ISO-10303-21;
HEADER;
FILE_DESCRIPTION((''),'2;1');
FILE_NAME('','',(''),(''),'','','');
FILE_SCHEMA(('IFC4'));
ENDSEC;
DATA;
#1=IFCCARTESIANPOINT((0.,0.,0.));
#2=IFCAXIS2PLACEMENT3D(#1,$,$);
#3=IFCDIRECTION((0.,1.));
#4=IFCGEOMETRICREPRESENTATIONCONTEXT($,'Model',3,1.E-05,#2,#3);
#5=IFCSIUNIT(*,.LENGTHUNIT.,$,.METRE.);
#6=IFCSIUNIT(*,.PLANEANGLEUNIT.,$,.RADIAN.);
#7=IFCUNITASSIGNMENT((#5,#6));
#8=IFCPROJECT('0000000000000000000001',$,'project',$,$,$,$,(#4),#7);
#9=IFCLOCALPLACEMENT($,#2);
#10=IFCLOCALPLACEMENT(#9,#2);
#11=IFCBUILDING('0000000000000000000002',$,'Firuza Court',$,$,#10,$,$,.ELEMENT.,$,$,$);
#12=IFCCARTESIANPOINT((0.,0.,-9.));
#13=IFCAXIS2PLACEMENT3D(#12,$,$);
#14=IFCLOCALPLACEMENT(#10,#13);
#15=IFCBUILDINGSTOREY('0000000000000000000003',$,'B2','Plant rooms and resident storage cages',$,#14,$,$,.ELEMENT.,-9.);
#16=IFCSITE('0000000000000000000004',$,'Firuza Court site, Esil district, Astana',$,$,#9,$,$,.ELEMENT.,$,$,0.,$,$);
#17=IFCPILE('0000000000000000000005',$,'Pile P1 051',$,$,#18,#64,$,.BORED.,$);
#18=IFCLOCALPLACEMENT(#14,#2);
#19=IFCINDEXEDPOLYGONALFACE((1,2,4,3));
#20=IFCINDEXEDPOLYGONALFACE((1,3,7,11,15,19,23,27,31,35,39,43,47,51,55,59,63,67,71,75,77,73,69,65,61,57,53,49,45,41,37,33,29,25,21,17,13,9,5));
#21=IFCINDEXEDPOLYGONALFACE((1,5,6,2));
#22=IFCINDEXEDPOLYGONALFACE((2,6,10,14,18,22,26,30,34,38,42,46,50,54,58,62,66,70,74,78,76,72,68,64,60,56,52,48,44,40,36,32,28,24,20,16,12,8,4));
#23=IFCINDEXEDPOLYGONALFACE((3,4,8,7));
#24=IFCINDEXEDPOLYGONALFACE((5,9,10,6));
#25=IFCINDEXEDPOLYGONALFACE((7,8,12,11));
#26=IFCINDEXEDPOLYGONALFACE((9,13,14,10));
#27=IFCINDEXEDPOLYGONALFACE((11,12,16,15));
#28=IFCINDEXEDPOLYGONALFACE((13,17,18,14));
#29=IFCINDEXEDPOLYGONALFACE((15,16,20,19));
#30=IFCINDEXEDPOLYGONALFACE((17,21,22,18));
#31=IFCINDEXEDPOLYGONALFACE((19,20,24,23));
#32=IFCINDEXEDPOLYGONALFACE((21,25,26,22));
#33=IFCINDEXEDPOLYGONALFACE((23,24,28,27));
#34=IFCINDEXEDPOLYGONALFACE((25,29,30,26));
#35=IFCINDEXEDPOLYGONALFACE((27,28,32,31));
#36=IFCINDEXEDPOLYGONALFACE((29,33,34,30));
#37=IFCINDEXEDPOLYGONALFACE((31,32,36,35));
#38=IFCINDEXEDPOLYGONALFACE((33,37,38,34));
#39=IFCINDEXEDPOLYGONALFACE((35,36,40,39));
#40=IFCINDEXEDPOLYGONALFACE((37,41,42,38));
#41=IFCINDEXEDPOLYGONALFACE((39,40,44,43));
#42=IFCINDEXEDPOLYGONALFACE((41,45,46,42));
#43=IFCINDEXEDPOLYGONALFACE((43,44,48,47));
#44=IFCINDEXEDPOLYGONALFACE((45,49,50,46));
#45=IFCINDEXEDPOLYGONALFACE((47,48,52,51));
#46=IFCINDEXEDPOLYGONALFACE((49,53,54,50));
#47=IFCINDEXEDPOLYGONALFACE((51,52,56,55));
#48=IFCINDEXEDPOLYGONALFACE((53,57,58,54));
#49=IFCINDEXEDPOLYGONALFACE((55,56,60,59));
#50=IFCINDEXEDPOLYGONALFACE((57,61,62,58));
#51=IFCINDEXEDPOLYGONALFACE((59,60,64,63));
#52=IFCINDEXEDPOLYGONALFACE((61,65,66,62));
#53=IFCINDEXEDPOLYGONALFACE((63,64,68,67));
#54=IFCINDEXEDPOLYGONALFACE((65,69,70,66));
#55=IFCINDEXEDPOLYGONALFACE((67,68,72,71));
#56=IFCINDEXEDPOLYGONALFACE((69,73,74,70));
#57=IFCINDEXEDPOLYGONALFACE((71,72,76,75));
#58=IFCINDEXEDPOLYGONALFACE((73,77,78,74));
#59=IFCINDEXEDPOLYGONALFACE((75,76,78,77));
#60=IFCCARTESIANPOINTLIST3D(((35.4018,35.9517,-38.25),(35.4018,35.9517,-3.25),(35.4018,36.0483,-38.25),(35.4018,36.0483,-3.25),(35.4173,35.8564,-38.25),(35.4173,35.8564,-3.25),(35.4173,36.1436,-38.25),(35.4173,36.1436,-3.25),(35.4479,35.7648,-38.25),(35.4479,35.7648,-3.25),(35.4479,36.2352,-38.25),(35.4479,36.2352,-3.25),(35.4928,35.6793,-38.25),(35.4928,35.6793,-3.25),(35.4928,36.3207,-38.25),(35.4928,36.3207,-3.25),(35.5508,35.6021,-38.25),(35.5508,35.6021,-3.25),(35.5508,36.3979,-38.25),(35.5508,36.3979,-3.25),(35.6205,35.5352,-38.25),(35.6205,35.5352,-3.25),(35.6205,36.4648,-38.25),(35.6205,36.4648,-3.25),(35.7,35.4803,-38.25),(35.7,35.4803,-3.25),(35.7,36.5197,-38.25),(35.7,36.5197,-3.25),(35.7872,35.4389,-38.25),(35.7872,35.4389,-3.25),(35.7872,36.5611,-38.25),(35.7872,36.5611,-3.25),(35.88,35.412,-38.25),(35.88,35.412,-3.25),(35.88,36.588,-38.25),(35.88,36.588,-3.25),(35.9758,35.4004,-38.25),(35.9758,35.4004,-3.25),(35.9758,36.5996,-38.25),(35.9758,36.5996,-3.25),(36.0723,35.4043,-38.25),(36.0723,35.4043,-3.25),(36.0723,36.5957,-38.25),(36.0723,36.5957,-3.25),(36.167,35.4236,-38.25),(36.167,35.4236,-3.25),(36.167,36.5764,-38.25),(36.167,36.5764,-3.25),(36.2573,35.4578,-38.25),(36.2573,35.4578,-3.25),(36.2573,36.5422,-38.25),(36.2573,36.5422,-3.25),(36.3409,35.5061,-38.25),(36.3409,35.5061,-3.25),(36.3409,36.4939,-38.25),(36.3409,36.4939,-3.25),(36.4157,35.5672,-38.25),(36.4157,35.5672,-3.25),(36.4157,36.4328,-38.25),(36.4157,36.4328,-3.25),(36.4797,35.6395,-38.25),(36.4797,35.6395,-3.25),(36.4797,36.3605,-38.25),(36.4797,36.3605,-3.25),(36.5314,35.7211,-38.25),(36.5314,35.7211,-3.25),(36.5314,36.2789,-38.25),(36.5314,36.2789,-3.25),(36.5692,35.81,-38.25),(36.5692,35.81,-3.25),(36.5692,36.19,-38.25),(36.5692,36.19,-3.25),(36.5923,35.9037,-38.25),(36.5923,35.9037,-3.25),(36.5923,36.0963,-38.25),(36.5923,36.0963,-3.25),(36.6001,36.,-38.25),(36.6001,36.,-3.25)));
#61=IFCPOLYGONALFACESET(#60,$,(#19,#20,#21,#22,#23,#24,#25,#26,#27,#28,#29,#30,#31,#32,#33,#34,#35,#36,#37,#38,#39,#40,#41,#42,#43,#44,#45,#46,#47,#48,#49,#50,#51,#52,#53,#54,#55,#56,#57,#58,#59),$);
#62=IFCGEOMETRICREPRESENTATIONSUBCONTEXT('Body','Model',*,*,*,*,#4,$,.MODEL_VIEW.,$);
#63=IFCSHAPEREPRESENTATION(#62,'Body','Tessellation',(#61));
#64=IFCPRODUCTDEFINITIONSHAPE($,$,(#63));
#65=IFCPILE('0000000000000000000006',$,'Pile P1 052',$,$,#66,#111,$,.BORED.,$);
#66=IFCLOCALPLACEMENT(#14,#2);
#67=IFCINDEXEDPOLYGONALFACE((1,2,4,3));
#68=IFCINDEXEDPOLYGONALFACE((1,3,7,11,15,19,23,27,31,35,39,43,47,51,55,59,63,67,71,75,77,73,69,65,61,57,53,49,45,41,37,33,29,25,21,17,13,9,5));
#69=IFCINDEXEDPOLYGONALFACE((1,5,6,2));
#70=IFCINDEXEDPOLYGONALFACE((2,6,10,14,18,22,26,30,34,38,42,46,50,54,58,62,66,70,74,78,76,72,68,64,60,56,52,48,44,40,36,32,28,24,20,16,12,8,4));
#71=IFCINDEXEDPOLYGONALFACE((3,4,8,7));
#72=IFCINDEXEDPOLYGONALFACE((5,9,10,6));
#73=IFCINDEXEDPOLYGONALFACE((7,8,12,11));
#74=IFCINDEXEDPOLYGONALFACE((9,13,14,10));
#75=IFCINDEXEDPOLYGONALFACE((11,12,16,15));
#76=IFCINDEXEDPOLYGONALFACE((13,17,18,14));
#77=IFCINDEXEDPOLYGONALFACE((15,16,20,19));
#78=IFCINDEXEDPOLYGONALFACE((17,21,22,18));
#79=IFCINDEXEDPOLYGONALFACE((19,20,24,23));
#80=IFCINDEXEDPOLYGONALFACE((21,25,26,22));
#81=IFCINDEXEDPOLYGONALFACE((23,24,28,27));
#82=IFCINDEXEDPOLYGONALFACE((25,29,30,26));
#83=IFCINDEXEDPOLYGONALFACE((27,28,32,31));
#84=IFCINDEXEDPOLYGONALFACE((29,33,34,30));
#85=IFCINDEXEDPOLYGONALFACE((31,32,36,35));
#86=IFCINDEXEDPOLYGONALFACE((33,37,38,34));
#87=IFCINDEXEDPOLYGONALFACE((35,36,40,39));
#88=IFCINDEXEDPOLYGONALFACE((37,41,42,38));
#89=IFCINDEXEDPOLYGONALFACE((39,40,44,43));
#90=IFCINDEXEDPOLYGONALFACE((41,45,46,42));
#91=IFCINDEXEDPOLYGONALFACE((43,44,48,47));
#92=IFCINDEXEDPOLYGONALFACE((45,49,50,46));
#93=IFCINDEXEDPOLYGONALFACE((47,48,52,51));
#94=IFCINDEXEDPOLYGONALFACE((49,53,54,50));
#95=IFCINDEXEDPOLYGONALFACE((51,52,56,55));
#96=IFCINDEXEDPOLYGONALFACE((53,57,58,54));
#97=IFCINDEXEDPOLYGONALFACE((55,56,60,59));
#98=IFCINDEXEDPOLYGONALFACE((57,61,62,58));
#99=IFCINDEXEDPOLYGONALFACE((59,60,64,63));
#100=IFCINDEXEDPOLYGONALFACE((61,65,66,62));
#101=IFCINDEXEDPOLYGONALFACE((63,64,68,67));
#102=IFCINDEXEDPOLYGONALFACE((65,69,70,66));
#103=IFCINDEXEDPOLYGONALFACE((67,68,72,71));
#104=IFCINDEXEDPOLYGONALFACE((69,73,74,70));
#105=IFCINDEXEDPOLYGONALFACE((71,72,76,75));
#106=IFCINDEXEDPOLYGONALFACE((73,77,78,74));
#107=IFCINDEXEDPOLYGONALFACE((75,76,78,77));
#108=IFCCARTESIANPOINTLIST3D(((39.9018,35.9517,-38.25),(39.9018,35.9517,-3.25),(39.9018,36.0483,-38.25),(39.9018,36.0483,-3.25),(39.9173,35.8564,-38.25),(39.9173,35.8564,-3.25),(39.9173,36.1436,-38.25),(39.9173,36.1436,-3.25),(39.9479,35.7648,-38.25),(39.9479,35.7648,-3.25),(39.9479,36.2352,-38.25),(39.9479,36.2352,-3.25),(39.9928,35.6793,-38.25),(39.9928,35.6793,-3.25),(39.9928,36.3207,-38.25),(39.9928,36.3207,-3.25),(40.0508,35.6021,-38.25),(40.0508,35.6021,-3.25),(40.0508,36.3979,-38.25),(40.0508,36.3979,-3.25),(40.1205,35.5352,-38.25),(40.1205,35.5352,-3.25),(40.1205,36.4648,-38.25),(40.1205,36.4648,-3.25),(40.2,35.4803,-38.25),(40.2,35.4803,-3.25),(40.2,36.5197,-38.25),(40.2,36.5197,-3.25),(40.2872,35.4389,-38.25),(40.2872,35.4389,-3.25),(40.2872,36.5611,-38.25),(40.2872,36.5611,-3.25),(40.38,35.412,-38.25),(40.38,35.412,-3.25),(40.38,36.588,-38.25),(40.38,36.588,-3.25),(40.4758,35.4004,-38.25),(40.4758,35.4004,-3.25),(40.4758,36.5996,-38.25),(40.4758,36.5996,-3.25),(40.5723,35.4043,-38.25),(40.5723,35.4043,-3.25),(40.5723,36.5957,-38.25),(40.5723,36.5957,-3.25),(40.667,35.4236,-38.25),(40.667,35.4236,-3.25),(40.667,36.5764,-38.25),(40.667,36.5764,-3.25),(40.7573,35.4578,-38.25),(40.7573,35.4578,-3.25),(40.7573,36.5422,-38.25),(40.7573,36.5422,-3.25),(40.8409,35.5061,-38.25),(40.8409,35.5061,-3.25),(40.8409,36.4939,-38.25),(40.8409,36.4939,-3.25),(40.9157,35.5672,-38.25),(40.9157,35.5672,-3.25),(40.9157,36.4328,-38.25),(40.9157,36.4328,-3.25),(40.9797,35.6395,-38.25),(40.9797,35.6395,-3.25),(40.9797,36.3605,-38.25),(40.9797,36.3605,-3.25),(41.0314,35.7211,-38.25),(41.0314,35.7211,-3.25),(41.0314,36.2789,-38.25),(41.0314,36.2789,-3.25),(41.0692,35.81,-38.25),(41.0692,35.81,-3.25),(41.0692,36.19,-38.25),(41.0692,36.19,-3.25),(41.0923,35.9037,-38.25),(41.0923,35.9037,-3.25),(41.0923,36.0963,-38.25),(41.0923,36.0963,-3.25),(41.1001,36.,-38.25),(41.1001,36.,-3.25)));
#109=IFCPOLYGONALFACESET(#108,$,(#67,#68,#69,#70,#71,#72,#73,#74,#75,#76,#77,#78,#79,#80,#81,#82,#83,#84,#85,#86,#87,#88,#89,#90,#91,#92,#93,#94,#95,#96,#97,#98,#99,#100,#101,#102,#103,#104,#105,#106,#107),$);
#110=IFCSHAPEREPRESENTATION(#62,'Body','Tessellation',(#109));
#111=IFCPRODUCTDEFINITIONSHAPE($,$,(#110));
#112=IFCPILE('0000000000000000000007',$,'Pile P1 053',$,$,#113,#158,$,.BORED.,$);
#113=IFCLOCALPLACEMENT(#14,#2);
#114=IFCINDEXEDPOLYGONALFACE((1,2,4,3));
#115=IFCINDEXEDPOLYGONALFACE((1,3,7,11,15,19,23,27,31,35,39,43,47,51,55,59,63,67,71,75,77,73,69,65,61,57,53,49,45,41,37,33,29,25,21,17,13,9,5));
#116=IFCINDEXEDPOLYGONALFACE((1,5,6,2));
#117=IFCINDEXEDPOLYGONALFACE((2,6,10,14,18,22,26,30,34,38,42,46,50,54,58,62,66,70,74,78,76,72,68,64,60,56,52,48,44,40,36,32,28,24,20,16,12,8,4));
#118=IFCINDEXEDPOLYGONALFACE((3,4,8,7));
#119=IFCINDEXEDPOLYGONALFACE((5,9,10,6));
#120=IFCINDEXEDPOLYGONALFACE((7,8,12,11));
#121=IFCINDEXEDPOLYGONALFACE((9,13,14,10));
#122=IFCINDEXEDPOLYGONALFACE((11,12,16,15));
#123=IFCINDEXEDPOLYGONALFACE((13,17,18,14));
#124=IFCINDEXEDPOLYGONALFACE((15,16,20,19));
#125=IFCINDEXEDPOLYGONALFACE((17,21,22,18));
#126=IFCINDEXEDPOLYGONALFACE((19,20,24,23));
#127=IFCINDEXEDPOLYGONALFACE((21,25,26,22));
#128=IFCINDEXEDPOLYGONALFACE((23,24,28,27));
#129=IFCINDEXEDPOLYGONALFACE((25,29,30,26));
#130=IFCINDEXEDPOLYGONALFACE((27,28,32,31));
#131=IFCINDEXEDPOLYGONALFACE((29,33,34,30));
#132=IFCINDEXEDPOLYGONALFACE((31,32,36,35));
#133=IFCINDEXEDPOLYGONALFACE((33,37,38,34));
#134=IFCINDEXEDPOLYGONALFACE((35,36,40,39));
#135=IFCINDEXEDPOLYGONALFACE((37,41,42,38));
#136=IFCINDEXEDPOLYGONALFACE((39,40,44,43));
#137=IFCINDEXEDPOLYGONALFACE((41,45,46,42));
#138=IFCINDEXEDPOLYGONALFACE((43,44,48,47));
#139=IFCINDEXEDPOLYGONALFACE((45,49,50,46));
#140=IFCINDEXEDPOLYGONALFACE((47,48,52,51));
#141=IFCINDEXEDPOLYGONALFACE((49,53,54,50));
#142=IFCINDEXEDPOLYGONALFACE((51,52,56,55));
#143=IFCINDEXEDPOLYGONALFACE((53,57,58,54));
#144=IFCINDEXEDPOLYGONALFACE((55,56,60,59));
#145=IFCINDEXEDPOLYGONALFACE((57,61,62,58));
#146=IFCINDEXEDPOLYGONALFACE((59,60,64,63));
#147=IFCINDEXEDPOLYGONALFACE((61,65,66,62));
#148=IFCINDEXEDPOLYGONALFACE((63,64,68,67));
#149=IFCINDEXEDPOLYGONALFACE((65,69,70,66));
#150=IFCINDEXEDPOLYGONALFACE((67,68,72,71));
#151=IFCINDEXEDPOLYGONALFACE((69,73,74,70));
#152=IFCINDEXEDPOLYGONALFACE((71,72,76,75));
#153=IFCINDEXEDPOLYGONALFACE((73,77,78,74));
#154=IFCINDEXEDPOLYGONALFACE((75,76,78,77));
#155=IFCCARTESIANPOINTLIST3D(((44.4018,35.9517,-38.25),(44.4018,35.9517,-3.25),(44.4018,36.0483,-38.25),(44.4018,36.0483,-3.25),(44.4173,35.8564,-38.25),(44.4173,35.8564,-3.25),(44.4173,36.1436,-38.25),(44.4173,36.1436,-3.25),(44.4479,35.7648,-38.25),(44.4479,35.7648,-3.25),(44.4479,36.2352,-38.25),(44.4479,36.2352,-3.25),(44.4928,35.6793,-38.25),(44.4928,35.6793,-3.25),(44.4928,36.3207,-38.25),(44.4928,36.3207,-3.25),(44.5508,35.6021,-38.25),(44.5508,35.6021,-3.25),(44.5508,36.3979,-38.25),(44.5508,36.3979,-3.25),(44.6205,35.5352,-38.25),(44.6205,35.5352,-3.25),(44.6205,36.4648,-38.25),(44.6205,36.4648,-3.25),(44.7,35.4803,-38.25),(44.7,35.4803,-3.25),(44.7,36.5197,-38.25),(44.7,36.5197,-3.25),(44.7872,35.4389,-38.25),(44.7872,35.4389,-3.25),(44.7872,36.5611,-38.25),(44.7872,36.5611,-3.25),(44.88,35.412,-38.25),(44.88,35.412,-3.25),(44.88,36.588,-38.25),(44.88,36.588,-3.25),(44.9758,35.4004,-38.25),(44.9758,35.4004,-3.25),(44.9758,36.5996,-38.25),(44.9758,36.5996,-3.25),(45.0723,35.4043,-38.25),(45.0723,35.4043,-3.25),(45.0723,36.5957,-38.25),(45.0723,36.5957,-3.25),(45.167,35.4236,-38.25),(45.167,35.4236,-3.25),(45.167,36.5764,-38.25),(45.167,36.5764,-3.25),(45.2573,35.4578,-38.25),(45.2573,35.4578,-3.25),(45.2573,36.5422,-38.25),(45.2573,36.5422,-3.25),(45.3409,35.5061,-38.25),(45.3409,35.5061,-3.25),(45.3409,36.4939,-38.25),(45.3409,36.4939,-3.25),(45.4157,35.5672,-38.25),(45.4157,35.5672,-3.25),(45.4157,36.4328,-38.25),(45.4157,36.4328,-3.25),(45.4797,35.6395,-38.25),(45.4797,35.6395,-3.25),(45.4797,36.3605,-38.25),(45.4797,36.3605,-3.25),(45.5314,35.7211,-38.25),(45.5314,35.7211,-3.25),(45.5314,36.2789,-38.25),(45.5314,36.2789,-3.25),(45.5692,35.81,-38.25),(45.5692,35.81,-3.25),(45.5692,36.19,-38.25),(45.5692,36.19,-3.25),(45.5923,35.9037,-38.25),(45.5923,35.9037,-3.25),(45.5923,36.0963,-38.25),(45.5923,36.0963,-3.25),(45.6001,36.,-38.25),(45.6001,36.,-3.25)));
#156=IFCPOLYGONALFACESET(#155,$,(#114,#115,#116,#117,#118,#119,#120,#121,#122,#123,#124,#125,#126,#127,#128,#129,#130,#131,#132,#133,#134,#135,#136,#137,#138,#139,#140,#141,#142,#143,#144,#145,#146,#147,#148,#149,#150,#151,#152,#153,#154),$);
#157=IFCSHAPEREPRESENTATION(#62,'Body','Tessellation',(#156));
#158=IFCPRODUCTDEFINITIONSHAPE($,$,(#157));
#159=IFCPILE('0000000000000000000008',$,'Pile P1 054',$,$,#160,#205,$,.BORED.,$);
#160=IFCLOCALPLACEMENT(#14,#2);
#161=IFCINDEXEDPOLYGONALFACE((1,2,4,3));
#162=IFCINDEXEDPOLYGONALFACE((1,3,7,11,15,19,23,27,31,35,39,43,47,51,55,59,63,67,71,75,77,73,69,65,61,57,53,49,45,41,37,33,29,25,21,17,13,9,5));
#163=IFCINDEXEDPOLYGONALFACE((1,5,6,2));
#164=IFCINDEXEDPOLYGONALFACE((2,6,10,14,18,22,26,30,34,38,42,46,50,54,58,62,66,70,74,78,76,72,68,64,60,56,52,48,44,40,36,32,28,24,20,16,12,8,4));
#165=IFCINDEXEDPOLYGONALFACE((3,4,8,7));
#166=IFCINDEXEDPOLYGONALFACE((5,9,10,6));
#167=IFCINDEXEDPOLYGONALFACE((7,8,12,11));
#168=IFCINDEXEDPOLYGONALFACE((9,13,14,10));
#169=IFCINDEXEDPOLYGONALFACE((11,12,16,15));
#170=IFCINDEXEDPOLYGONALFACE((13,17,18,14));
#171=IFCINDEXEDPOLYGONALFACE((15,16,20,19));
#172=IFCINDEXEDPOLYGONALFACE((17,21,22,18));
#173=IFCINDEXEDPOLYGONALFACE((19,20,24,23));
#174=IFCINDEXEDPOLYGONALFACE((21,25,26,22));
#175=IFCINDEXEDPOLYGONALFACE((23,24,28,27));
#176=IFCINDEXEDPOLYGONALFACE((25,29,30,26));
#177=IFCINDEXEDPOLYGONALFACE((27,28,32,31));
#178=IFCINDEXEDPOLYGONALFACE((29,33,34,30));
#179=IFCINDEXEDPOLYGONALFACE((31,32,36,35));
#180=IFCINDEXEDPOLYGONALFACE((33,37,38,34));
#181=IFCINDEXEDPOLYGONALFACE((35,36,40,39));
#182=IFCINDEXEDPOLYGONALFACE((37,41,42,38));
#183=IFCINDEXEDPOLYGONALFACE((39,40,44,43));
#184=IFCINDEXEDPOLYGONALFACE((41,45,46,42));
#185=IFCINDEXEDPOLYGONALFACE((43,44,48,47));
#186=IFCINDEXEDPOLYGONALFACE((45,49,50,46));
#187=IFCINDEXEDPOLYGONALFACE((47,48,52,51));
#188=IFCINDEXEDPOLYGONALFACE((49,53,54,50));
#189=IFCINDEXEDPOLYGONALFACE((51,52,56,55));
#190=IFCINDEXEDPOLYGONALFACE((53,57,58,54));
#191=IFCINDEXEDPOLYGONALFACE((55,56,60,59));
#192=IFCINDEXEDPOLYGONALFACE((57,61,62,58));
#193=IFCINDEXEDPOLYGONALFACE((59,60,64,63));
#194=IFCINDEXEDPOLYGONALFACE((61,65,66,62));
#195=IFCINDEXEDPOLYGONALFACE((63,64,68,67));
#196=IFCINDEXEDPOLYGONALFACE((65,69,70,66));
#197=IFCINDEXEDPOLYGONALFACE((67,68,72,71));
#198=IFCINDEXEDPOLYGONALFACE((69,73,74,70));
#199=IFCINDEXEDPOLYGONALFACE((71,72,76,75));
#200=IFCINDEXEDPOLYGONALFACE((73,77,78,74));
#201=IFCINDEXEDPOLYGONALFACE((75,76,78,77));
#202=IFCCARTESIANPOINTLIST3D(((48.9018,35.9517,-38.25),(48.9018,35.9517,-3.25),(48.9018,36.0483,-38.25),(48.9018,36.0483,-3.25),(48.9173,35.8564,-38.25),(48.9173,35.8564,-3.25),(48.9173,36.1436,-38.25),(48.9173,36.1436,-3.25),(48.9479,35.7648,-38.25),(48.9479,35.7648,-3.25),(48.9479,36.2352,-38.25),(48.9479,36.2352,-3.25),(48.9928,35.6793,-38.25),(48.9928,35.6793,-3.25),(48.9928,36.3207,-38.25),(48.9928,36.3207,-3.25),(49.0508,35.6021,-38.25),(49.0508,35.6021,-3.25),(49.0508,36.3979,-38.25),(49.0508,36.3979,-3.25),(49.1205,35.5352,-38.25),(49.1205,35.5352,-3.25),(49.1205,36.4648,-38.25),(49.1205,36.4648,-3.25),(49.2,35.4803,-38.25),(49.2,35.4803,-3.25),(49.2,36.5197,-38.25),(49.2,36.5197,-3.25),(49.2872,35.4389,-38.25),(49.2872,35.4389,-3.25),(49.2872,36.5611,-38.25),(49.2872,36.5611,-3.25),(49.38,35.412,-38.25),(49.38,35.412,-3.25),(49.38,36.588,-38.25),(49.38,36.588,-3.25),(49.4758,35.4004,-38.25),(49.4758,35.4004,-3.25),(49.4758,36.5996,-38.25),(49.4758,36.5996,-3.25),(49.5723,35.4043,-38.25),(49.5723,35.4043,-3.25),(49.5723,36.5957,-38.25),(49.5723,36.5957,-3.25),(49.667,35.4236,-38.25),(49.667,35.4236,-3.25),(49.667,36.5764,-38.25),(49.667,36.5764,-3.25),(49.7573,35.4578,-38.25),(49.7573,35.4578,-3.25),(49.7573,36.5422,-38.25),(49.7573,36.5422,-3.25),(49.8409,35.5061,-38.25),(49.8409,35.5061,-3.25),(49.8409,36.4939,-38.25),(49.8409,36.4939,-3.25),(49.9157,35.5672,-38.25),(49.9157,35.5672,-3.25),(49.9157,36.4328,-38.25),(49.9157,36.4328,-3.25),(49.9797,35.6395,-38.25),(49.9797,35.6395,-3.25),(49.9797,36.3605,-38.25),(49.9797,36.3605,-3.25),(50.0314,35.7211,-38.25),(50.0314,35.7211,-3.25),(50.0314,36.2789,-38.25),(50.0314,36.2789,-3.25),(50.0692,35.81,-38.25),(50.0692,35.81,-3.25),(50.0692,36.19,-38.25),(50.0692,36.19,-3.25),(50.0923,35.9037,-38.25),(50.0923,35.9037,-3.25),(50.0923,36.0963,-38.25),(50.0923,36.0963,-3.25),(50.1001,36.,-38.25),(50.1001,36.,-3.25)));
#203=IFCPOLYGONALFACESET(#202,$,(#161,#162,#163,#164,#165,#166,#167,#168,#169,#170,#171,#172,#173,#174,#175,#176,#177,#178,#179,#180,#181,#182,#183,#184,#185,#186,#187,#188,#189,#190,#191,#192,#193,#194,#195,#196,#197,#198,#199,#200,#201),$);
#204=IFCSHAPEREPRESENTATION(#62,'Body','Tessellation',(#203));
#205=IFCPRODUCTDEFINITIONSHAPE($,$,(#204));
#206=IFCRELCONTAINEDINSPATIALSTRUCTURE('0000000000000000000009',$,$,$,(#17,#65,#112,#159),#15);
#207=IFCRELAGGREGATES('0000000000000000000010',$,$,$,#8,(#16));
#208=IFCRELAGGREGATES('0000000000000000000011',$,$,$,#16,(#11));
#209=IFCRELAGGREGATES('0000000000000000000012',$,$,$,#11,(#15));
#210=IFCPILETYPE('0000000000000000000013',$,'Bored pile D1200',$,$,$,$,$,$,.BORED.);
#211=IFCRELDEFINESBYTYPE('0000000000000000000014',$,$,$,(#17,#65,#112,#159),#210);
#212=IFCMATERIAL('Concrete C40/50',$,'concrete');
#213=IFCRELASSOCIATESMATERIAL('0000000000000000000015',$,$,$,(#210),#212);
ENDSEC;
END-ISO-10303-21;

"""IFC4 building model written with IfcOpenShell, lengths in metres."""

from ifc_helpers import new_model, si_unit, direction, frame, origin, origin_2d, place, context, subcontext, project, spatial, circle, extrude, material, material_profile, profile_set, type_object, element, save


model = new_model("IFC4")

# Units and contexts
model_context = context("Model", 3, precision=1e-05, world=origin(), true_north=direction((0.0, 1.0)))
body_context = subcontext(model_context, "Body", "Model", "MODEL_VIEW")
ifc_project = project(units=[si_unit("LENGTHUNIT", "METRE"), si_unit("PLANEANGLEUNIT", "RADIAN")], contexts=[model_context])

# Site, building, storey
site_placement = place(None, origin())
site = spatial("IfcSite", under=ifc_project, at=site_placement, Name="Firuza Court site, Esil district, Astana", CompositionType="ELEMENT", RefElevation=0.0)
building_placement = place(site_placement, origin())
building = spatial("IfcBuilding", under=site, at=building_placement, Name="Firuza Court", CompositionType="ELEMENT")
storey_placement = place(building_placement, frame((0.0, 0.0, -9.0)))
storey = spatial("IfcBuildingStorey", under=building, at=storey_placement, Name="B2", Description="Plant rooms and resident storage cages", CompositionType="ELEMENT", Elevation=-9.0)

# Piles
ifc_material_1 = material(Name="Concrete C40/50", Category="concrete")
ifc_material_profile_1 = material_profile(ifc_material_1, circle(Radius=0.6001, at=origin_2d()), Name="Pile D1200")
ifc_profile_set_1 = profile_set([ifc_material_profile_1], Name="Concrete C40/50")
pile_type = type_object("IfcPileType", Name="Bored pile D1200", PredefinedType="BORED", material=ifc_profile_set_1)
for number, where, z_axis, x_axis, name in (
    (1, (36.0, 36.0, -3.25), (0.0, 0.0, -1.0), (1.0, 0.0, 0.0), "Pile P1 051"),
    (2, (40.5, 36.0, -3.25), (0.0, 0.0, -1.0), (1.0, 0.0, 0.0), "Pile P1 052"),
    (3, (45.0, 36.0, -3.25), (0.0, 0.0, -1.0), (1.0, 0.0, 0.0), "Pile P1 053"),
    (4, (49.5, 36.0, -3.25), (0.0, 0.0, -1.0), (1.0, 0.0, 0.0), "Pile P1 054"),
):
    element("IfcPile", number, at=place(storey_placement, frame(where, z_axis=z_axis, x_axis=x_axis)), inside=storey, type_object=pile_type, Name=name, PredefinedType="BORED", context=body_context, shape_type="SweptSolid", body=[
        extrude(circle(Radius=0.6001, at=origin_2d()), origin(), (0.0, 0.0, 1.0), 35.0),
    ])

save(model, "model.ifc")
